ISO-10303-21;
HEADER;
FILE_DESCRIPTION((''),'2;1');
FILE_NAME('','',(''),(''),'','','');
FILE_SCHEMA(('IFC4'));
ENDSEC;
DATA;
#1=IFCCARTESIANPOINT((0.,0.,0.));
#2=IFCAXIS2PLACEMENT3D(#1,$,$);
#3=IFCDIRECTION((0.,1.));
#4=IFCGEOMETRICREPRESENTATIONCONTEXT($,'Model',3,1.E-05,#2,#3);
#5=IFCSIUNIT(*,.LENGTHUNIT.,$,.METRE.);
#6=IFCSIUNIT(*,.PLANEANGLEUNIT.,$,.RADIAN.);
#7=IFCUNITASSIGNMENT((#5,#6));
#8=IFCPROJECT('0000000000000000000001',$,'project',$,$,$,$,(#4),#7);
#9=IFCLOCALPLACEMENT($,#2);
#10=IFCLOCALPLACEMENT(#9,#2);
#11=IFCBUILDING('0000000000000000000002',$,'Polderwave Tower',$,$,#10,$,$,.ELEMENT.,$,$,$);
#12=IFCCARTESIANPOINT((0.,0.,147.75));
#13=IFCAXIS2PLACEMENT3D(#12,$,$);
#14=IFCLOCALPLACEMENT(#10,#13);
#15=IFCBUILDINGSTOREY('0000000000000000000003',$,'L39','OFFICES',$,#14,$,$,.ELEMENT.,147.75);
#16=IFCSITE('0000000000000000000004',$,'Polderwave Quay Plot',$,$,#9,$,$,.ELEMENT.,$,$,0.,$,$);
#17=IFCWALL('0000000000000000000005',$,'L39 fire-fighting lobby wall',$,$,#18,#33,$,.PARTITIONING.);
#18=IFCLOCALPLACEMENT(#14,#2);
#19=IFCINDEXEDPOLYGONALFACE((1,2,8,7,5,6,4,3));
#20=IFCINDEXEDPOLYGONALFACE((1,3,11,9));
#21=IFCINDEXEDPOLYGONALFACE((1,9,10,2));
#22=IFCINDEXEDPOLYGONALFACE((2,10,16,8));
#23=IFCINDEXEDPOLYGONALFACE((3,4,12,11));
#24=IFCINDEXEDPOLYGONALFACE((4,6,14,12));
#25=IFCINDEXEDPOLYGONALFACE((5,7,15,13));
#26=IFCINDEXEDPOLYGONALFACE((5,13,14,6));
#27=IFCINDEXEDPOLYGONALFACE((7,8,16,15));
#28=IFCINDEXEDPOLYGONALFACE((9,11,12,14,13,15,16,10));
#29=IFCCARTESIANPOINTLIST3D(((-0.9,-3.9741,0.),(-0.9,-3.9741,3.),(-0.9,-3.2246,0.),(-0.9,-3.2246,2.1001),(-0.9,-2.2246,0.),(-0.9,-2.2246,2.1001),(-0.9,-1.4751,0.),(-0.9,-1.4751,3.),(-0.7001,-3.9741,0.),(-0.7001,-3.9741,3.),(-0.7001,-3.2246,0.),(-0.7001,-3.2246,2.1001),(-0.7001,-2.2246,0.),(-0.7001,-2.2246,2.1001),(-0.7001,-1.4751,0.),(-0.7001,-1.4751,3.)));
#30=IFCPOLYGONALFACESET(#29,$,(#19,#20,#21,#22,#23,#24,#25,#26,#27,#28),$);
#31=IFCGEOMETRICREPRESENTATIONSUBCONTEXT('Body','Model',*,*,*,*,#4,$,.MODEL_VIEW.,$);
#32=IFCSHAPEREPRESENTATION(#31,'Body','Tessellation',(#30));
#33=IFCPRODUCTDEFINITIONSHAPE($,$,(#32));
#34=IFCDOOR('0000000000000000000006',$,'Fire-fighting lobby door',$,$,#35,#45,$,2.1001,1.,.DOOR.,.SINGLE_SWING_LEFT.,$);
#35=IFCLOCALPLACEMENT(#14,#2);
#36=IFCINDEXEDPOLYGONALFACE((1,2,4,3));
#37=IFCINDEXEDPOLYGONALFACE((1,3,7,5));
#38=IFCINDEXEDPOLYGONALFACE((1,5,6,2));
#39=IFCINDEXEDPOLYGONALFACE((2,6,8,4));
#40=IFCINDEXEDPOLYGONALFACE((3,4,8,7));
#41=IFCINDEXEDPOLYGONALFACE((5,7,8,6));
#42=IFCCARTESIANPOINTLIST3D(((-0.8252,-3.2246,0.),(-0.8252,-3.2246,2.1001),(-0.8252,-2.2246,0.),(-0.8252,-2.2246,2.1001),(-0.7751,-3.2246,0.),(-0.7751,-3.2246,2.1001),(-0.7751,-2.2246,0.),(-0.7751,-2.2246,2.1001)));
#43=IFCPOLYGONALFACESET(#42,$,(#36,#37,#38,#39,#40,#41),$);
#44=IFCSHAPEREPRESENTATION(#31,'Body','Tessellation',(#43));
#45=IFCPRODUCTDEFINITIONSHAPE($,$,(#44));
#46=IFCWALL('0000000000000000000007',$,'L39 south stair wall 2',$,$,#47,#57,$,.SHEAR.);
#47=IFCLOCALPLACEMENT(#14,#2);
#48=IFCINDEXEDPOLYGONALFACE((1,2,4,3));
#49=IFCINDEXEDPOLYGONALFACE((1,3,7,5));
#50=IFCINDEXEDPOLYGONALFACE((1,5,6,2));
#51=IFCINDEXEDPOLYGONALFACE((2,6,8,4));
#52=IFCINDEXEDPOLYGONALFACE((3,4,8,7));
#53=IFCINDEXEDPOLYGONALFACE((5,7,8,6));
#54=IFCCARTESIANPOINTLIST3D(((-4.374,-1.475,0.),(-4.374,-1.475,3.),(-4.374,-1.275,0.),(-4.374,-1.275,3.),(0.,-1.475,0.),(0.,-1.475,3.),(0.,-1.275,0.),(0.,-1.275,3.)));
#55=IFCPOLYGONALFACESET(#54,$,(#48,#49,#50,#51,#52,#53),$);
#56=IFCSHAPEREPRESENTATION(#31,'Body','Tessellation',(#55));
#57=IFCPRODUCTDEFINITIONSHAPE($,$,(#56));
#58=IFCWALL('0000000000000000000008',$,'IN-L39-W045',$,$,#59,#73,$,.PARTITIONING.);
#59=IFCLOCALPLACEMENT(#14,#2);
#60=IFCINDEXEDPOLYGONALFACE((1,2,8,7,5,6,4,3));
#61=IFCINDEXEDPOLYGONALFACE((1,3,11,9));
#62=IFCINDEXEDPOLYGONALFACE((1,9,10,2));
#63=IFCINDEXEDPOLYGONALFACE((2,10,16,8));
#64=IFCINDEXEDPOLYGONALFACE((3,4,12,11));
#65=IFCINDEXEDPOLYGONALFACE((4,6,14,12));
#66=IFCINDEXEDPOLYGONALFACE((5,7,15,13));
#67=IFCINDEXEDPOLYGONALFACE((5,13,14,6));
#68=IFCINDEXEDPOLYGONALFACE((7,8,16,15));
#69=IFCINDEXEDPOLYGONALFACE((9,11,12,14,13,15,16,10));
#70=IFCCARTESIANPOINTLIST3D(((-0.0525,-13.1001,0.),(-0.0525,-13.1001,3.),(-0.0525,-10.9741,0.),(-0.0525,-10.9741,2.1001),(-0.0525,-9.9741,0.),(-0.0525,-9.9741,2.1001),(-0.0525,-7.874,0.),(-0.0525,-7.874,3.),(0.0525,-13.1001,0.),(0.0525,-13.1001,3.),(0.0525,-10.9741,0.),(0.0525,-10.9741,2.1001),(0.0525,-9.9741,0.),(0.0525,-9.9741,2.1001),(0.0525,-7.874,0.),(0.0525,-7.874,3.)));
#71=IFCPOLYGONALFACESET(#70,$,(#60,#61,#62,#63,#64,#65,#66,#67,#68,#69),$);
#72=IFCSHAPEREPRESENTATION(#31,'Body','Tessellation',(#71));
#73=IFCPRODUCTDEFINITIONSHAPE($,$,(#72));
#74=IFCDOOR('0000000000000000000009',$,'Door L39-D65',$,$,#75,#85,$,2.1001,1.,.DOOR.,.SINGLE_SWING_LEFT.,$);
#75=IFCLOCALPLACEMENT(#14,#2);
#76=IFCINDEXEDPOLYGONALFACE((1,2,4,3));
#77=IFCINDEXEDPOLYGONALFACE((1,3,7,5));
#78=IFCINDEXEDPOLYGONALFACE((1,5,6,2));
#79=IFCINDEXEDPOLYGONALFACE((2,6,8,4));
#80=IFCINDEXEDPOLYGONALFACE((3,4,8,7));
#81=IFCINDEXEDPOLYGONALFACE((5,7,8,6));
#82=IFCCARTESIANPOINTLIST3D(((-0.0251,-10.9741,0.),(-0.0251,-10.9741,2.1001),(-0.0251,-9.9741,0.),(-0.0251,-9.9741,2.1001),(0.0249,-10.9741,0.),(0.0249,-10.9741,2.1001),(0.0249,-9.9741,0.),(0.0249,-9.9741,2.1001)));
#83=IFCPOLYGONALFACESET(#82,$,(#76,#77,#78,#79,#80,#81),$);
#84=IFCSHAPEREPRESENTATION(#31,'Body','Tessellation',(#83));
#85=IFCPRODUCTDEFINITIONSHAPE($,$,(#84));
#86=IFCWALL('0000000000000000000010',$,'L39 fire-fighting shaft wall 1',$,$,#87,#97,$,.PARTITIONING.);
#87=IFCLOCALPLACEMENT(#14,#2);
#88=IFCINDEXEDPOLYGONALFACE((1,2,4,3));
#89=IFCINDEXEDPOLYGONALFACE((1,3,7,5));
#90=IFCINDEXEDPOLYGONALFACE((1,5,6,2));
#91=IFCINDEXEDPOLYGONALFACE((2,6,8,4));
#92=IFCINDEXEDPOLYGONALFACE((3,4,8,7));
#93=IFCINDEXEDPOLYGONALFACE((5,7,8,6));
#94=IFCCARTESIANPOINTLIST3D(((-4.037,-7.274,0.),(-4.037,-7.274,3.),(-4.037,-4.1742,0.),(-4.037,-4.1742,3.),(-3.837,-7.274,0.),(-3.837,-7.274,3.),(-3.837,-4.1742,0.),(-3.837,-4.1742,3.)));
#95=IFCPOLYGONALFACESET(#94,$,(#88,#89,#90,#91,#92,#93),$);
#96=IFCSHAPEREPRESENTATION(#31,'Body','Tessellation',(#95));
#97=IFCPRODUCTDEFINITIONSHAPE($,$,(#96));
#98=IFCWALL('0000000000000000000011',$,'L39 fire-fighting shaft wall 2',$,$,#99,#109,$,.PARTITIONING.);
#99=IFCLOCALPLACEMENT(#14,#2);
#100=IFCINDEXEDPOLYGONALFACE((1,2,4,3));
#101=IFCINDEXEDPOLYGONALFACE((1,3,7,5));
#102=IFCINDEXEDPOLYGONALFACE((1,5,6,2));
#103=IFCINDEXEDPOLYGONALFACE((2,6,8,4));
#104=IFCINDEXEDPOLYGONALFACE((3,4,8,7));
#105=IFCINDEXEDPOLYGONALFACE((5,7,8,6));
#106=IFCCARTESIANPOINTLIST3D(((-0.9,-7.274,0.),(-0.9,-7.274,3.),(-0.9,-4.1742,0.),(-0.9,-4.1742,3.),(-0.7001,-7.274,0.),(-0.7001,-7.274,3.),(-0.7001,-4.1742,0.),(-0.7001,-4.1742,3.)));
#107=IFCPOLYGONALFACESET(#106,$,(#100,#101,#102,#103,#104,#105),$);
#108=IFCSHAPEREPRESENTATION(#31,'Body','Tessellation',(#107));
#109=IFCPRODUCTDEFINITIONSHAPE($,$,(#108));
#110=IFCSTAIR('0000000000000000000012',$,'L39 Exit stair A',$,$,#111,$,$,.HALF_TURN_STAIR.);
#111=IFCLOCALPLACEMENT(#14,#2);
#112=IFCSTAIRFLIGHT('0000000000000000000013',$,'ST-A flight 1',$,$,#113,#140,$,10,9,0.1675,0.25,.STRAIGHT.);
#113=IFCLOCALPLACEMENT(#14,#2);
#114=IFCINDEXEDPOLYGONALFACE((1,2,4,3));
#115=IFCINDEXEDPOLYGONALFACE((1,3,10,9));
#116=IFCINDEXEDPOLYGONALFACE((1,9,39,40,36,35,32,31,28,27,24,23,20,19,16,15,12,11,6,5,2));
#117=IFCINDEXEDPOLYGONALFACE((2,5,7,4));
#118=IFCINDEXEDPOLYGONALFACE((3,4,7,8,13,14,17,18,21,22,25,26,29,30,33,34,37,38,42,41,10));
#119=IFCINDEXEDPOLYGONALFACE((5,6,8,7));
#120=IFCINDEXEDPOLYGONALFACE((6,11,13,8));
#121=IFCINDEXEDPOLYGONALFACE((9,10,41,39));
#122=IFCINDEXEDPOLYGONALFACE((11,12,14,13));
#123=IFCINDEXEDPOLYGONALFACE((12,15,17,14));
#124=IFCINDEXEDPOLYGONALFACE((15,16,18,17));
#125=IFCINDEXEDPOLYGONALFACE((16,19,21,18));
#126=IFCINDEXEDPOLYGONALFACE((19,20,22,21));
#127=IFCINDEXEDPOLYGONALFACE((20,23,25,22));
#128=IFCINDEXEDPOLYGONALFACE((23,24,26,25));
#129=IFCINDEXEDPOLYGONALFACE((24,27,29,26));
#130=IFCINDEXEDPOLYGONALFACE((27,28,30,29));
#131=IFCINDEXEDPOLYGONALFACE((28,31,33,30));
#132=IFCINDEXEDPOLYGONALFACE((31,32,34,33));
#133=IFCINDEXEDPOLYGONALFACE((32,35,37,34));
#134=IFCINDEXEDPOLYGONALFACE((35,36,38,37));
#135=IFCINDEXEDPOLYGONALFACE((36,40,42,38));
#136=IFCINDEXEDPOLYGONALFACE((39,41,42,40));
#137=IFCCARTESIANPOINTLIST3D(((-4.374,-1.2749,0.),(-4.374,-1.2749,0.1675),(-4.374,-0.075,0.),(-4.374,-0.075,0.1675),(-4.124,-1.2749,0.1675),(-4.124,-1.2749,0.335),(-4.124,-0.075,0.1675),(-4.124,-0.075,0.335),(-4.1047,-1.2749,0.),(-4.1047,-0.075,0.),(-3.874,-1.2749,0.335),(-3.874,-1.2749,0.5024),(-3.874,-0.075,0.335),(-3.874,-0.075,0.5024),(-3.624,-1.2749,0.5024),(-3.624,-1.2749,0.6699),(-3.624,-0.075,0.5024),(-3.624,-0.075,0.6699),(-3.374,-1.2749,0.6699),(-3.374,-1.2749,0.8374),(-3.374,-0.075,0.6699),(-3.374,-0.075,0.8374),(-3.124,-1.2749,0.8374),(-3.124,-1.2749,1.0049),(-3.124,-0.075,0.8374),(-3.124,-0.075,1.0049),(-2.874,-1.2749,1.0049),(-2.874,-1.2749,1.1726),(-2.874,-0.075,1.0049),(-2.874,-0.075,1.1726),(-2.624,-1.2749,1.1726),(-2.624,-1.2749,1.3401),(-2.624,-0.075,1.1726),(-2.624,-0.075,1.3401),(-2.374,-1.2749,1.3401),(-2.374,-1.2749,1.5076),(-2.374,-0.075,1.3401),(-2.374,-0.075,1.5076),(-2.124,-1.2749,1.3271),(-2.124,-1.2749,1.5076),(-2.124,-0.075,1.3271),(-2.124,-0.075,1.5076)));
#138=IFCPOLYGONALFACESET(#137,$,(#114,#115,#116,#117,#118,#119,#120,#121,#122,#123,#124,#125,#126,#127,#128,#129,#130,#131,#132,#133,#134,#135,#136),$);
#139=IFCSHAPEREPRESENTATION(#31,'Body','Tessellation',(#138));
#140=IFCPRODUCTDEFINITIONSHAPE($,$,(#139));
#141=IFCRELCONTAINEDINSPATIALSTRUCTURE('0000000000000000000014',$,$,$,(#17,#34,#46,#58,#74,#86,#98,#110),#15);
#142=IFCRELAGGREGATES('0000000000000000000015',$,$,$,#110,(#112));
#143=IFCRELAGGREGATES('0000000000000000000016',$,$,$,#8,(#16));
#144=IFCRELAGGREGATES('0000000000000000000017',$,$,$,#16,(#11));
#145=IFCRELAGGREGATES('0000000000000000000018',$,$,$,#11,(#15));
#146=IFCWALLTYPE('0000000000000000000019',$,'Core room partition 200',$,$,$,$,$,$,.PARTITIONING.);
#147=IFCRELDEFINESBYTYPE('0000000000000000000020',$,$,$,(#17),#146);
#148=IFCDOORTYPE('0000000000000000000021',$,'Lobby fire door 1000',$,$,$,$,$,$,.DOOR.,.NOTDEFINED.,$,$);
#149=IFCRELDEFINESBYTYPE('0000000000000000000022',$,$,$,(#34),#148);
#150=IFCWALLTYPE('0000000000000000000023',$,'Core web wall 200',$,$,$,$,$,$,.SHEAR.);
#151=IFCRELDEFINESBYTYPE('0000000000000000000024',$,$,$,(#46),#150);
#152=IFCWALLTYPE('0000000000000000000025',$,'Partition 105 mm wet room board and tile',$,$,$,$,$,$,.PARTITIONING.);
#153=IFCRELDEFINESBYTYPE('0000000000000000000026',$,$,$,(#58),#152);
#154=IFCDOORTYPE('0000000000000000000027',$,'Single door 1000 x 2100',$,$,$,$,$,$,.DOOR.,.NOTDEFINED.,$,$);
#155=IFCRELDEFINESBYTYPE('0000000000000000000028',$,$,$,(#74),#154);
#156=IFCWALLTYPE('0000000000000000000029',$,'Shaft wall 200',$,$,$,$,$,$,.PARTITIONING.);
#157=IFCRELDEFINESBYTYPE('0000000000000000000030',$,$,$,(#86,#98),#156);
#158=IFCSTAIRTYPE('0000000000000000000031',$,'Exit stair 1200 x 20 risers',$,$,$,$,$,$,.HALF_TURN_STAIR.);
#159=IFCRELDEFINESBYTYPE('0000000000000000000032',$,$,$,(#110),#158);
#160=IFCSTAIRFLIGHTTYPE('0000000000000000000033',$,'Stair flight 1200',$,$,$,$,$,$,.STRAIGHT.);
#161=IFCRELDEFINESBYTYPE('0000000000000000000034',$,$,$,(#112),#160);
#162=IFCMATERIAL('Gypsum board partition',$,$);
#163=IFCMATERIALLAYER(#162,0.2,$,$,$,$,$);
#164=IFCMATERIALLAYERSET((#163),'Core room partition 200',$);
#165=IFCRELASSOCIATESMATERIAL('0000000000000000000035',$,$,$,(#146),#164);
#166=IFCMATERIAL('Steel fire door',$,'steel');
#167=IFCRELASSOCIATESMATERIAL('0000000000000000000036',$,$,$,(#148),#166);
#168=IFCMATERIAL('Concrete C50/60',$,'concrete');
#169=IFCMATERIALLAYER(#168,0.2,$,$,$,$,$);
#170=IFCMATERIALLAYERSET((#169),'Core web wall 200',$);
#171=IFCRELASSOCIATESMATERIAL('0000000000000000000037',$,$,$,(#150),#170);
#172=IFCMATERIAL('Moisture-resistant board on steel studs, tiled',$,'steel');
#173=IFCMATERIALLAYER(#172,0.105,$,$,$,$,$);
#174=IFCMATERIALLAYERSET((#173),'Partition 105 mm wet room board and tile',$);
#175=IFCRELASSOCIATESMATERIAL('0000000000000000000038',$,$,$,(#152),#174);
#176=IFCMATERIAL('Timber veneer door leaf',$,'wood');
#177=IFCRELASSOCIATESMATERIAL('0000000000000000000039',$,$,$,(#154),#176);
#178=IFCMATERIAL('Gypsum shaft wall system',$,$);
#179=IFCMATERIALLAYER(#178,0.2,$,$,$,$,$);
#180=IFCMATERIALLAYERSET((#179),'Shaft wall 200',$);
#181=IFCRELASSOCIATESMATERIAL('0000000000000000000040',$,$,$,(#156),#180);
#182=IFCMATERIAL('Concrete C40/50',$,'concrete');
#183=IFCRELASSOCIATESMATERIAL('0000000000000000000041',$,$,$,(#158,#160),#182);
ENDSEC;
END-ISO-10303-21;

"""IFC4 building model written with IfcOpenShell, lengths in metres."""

from ifc_helpers import new_model, si_unit, direction, frame, frame_2d, origin, place, context, subcontext, project, spatial, polyline, rectangle, outline, extrude, material, layer, layer_set, type_object, element, fill, aggregate, save


model = new_model("IFC4")

# Units and contexts
model_context = context("Model", 3, precision=1e-05, world=origin(), true_north=direction((0.0, 1.0)))
body_context = subcontext(model_context, "Body", "Model", "MODEL_VIEW")
ifc_project = project(units=[si_unit("LENGTHUNIT", "METRE"), si_unit("PLANEANGLEUNIT", "RADIAN")], contexts=[model_context])

# Site, building, storey
site_placement = place(None, origin())
site = spatial("IfcSite", under=ifc_project, at=site_placement, Name="Polderwave Quay Plot", CompositionType="ELEMENT", RefElevation=0.0)
building_placement = place(site_placement, origin())
building = spatial("IfcBuilding", under=site, at=building_placement, Name="Polderwave Tower", CompositionType="ELEMENT")
storey_placement = place(building_placement, frame((0.0, 0.0, 147.75)))
storey = spatial("IfcBuildingStorey", under=building, at=storey_placement, Name="L39", Description="OFFICES", CompositionType="ELEMENT", Elevation=147.75)

# Wall, opening, door
ifc_material_1 = material(Name="Gypsum board partition")
ifc_layer_1 = layer(ifc_material_1, 0.2)
ifc_layer_set_1 = layer_set([ifc_layer_1], Name="Core room partition 200")
wall_type_1 = type_object("IfcWallType", Name="Core room partition 200", PredefinedType="PARTITIONING", material=ifc_layer_set_1)
wall_1_placement = place(storey_placement, frame((-0.8, -3.9741, 0.0), z_axis=(0.0, 0.0, 1.0), x_axis=(0.0, 1.0, 0.0)))
wall_1 = element("IfcWall", 1, at=wall_1_placement, inside=storey, type_object=wall_type_1, Name="L39 fire-fighting lobby wall", PredefinedType="PARTITIONING", context=body_context, shape_type="SweptSolid", body=[
    extrude(rectangle(XDim=2.499, YDim=0.2, at=frame_2d((1.2495, 0.0))), origin(), (0.0, 0.0, 1.0), 3.0),
])
opening_1_placement = place(wall_1_placement, frame((0.7495, 0.0, 0.0)))
opening_1 = element("IfcOpeningElement", 2, at=opening_1_placement, cuts=wall_1, PredefinedType="OPENING", context=body_context, shape_type="SweptSolid", body=[
    extrude(rectangle(XDim=1.0, YDim=2.1001, at=frame_2d((0.5, 1.05))), frame((0.0, 0.1099, 0.0), z_axis=(0.0, -1.0, 0.0), x_axis=(1.0, 0.0, 0.0)), (0.0, 0.0, 1.0), 0.22),
])
ifc_material_2 = material(Name="Steel fire door", Category="steel")
door_type_1 = type_object("IfcDoorType", Name="Lobby fire door 1000", OperationType="NOTDEFINED", PredefinedType="DOOR", material=ifc_material_2)
door_1_placement = place(opening_1_placement, frame((1.0, 0.0, 0.0), z_axis=(0.0, 0.0, 1.0), x_axis=(-1.0, 0.0, 0.0)))
door_1 = element("IfcDoor", 3, at=door_1_placement, inside=storey, type_object=door_type_1, Name="Fire-fighting lobby door", OperationType="SINGLE_SWING_LEFT", OverallHeight=2.1001, OverallWidth=1.0, PredefinedType="DOOR", context=body_context, shape_type="SweptSolid", body=[
    extrude(rectangle(XDim=1.0, YDim=2.1001, at=frame_2d((0.5, 1.05))), frame((0.0, 0.0249, 0.0), z_axis=(0.0, -1.0, 0.0), x_axis=(1.0, 0.0, 0.0)), (0.0, 0.0, 1.0), 0.05),
])
fill(opening_1, door_1)

# Wall
ifc_material_3 = material(Name="Concrete C50/60", Category="concrete")
ifc_layer_2 = layer(ifc_material_3, 0.2)
ifc_layer_set_2 = layer_set([ifc_layer_2], Name="Core web wall 200")
wall_type_2 = type_object("IfcWallType", Name="Core web wall 200", PredefinedType="SHEAR", material=ifc_layer_set_2)
wall_2_placement = place(storey_placement, frame((-4.374, -1.375, 0.0), z_axis=(0.0, 0.0, 1.0), x_axis=(1.0, 0.0, 0.0)))
element("IfcWall", 4, at=wall_2_placement, inside=storey, type_object=wall_type_2, Name="L39 south stair wall 2", PredefinedType="SHEAR", context=body_context, shape_type="SweptSolid", body=[
    extrude(rectangle(XDim=4.374, YDim=0.2, at=frame_2d((2.187, 0.0))), origin(), (0.0, 0.0, 1.0), 3.0),
])

# Wall, opening, door
ifc_material_4 = material(Name="Moisture-resistant board on steel studs, tiled", Category="steel")
ifc_layer_3 = layer(ifc_material_4, 0.105)
ifc_layer_set_3 = layer_set([ifc_layer_3], Name="Partition 105 mm wet room board and tile")
wall_type_3 = type_object("IfcWallType", Name="Partition 105 mm wet room board and tile", PredefinedType="PARTITIONING", material=ifc_layer_set_3)
wall_3_placement = place(storey_placement, frame((0.0, -7.874, 0.0), z_axis=(0.0, 0.0, 1.0), x_axis=(0.0, -1.0, 0.0)))
wall_3 = element("IfcWall", 5, at=wall_3_placement, inside=storey, type_object=wall_type_3, Name="IN-L39-W045", PredefinedType="PARTITIONING", context=body_context, shape_type="SweptSolid", body=[
    extrude(rectangle(XDim=5.2261, YDim=0.105, at=frame_2d((2.613, 0.0))), origin(), (0.0, 0.0, 1.0), 3.0),
])
opening_2_placement = place(wall_3_placement, frame((2.1001, 0.0, 0.0)))
opening_2 = element("IfcOpeningElement", 6, at=opening_2_placement, cuts=wall_3, PredefinedType="OPENING", context=body_context, shape_type="SweptSolid", body=[
    extrude(rectangle(XDim=1.0, YDim=2.1001, at=frame_2d((0.5, 1.05))), frame((0.0, 0.0625, 0.0), z_axis=(0.0, -1.0, 0.0), x_axis=(1.0, 0.0, 0.0)), (0.0, 0.0, 1.0), 0.125),
])
ifc_material_5 = material(Name="Timber veneer door leaf", Category="wood")
door_type_2 = type_object("IfcDoorType", Name="Single door 1000 x 2100", OperationType="NOTDEFINED", PredefinedType="DOOR", material=ifc_material_5)
door_2_placement = place(opening_2_placement, origin())
door_2 = element("IfcDoor", 7, at=door_2_placement, inside=storey, type_object=door_type_2, Name="Door L39-D65", OperationType="SINGLE_SWING_LEFT", OverallHeight=2.1001, OverallWidth=1.0, PredefinedType="DOOR", context=body_context, shape_type="SweptSolid", body=[
    extrude(rectangle(XDim=1.0, YDim=2.1001, at=frame_2d((0.5, 1.05))), frame((0.0, 0.0249, 0.0), z_axis=(0.0, -1.0, 0.0), x_axis=(1.0, 0.0, 0.0)), (0.0, 0.0, 1.0), 0.05),
])
fill(opening_2, door_2)

# Walls
ifc_material_6 = material(Name="Gypsum shaft wall system")
ifc_layer_4 = layer(ifc_material_6, 0.2)
ifc_layer_set_4 = layer_set([ifc_layer_4], Name="Shaft wall 200")
wall_type_4 = type_object("IfcWallType", Name="Shaft wall 200", PredefinedType="PARTITIONING", material=ifc_layer_set_4)
for number, where, z_axis, x_axis, name in (
    (8, (-3.937, -7.2739, 0.0), (0.0, 0.0, 1.0), (0.0, 1.0, 0.0), "L39 fire-fighting shaft wall 1"),
    (9, (-0.8, -7.2739, 0.0), (0.0, 0.0, 1.0), (0.0, 1.0, 0.0), "L39 fire-fighting shaft wall 2"),
):
    element("IfcWall", number, at=place(storey_placement, frame(where, z_axis=z_axis, x_axis=x_axis)), inside=storey, type_object=wall_type_4, Name=name, PredefinedType="PARTITIONING", context=body_context, shape_type="SweptSolid", body=[
        extrude(rectangle(XDim=3.0999, YDim=0.2, at=frame_2d((1.5498, 0.0))), origin(), (0.0, 0.0, 1.0), 3.0),
    ])

# Stair, stair flight
ifc_material_7 = material(Name="Concrete C40/50", Category="concrete")
stair_type = type_object("IfcStairType", Name="Exit stair 1200 x 20 risers", PredefinedType="HALF_TURN_STAIR", material=ifc_material_7)
stair_placement = place(storey_placement, origin())
stair = element("IfcStair", 10, at=stair_placement, inside=storey, type_object=stair_type, Name="L39 Exit stair A", PredefinedType="HALF_TURN_STAIR")
stair_flight_type = type_object("IfcStairFlightType", Name="Stair flight 1200", PredefinedType="STRAIGHT", material=ifc_material_7)
stair_flight_placement = place(storey_placement, frame((-4.374, -0.675, 0.0), z_axis=(0.0, 0.0, 1.0), x_axis=(1.0, 0.0, 0.0)))
stair_flight = element("IfcStairFlight", 11, at=stair_flight_placement, type_object=stair_flight_type, Name="ST-A flight 1", NumberOfRisers=10, NumberOfTreads=9, PredefinedType="STRAIGHT", RiserHeight=0.1675, TreadLength=0.25, context=body_context, shape_type="SweptSolid", body=[
    extrude(outline(polyline([(0.0, 0.0), (0.0, 0.1675), (0.25, 0.1675), (0.25, 0.335), (0.5, 0.335), (0.5, 0.5024), (0.75, 0.5024), (0.75, 0.6699), (1.0, 0.6699), (1.0, 0.8374), (1.25, 0.8374), (1.25, 1.0049), (1.5, 1.0049), (1.5, 1.1726), (1.75, 1.1726), (1.75, 1.3401), (2.0, 1.3401), (2.0, 1.5076), (2.25, 1.5076), (2.25, 1.675), (2.25, 1.3271), (0.2693, 0.0), (0.0, 0.0)])), frame((0.0, 0.6001, 0.0), z_axis=(0.0, -1.0, 0.0), x_axis=(1.0, 0.0, 0.0)), (0.0, 0.0, 1.0), 1.2),
])
aggregate(stair, [stair_flight])

save(model, "model.ifc")
